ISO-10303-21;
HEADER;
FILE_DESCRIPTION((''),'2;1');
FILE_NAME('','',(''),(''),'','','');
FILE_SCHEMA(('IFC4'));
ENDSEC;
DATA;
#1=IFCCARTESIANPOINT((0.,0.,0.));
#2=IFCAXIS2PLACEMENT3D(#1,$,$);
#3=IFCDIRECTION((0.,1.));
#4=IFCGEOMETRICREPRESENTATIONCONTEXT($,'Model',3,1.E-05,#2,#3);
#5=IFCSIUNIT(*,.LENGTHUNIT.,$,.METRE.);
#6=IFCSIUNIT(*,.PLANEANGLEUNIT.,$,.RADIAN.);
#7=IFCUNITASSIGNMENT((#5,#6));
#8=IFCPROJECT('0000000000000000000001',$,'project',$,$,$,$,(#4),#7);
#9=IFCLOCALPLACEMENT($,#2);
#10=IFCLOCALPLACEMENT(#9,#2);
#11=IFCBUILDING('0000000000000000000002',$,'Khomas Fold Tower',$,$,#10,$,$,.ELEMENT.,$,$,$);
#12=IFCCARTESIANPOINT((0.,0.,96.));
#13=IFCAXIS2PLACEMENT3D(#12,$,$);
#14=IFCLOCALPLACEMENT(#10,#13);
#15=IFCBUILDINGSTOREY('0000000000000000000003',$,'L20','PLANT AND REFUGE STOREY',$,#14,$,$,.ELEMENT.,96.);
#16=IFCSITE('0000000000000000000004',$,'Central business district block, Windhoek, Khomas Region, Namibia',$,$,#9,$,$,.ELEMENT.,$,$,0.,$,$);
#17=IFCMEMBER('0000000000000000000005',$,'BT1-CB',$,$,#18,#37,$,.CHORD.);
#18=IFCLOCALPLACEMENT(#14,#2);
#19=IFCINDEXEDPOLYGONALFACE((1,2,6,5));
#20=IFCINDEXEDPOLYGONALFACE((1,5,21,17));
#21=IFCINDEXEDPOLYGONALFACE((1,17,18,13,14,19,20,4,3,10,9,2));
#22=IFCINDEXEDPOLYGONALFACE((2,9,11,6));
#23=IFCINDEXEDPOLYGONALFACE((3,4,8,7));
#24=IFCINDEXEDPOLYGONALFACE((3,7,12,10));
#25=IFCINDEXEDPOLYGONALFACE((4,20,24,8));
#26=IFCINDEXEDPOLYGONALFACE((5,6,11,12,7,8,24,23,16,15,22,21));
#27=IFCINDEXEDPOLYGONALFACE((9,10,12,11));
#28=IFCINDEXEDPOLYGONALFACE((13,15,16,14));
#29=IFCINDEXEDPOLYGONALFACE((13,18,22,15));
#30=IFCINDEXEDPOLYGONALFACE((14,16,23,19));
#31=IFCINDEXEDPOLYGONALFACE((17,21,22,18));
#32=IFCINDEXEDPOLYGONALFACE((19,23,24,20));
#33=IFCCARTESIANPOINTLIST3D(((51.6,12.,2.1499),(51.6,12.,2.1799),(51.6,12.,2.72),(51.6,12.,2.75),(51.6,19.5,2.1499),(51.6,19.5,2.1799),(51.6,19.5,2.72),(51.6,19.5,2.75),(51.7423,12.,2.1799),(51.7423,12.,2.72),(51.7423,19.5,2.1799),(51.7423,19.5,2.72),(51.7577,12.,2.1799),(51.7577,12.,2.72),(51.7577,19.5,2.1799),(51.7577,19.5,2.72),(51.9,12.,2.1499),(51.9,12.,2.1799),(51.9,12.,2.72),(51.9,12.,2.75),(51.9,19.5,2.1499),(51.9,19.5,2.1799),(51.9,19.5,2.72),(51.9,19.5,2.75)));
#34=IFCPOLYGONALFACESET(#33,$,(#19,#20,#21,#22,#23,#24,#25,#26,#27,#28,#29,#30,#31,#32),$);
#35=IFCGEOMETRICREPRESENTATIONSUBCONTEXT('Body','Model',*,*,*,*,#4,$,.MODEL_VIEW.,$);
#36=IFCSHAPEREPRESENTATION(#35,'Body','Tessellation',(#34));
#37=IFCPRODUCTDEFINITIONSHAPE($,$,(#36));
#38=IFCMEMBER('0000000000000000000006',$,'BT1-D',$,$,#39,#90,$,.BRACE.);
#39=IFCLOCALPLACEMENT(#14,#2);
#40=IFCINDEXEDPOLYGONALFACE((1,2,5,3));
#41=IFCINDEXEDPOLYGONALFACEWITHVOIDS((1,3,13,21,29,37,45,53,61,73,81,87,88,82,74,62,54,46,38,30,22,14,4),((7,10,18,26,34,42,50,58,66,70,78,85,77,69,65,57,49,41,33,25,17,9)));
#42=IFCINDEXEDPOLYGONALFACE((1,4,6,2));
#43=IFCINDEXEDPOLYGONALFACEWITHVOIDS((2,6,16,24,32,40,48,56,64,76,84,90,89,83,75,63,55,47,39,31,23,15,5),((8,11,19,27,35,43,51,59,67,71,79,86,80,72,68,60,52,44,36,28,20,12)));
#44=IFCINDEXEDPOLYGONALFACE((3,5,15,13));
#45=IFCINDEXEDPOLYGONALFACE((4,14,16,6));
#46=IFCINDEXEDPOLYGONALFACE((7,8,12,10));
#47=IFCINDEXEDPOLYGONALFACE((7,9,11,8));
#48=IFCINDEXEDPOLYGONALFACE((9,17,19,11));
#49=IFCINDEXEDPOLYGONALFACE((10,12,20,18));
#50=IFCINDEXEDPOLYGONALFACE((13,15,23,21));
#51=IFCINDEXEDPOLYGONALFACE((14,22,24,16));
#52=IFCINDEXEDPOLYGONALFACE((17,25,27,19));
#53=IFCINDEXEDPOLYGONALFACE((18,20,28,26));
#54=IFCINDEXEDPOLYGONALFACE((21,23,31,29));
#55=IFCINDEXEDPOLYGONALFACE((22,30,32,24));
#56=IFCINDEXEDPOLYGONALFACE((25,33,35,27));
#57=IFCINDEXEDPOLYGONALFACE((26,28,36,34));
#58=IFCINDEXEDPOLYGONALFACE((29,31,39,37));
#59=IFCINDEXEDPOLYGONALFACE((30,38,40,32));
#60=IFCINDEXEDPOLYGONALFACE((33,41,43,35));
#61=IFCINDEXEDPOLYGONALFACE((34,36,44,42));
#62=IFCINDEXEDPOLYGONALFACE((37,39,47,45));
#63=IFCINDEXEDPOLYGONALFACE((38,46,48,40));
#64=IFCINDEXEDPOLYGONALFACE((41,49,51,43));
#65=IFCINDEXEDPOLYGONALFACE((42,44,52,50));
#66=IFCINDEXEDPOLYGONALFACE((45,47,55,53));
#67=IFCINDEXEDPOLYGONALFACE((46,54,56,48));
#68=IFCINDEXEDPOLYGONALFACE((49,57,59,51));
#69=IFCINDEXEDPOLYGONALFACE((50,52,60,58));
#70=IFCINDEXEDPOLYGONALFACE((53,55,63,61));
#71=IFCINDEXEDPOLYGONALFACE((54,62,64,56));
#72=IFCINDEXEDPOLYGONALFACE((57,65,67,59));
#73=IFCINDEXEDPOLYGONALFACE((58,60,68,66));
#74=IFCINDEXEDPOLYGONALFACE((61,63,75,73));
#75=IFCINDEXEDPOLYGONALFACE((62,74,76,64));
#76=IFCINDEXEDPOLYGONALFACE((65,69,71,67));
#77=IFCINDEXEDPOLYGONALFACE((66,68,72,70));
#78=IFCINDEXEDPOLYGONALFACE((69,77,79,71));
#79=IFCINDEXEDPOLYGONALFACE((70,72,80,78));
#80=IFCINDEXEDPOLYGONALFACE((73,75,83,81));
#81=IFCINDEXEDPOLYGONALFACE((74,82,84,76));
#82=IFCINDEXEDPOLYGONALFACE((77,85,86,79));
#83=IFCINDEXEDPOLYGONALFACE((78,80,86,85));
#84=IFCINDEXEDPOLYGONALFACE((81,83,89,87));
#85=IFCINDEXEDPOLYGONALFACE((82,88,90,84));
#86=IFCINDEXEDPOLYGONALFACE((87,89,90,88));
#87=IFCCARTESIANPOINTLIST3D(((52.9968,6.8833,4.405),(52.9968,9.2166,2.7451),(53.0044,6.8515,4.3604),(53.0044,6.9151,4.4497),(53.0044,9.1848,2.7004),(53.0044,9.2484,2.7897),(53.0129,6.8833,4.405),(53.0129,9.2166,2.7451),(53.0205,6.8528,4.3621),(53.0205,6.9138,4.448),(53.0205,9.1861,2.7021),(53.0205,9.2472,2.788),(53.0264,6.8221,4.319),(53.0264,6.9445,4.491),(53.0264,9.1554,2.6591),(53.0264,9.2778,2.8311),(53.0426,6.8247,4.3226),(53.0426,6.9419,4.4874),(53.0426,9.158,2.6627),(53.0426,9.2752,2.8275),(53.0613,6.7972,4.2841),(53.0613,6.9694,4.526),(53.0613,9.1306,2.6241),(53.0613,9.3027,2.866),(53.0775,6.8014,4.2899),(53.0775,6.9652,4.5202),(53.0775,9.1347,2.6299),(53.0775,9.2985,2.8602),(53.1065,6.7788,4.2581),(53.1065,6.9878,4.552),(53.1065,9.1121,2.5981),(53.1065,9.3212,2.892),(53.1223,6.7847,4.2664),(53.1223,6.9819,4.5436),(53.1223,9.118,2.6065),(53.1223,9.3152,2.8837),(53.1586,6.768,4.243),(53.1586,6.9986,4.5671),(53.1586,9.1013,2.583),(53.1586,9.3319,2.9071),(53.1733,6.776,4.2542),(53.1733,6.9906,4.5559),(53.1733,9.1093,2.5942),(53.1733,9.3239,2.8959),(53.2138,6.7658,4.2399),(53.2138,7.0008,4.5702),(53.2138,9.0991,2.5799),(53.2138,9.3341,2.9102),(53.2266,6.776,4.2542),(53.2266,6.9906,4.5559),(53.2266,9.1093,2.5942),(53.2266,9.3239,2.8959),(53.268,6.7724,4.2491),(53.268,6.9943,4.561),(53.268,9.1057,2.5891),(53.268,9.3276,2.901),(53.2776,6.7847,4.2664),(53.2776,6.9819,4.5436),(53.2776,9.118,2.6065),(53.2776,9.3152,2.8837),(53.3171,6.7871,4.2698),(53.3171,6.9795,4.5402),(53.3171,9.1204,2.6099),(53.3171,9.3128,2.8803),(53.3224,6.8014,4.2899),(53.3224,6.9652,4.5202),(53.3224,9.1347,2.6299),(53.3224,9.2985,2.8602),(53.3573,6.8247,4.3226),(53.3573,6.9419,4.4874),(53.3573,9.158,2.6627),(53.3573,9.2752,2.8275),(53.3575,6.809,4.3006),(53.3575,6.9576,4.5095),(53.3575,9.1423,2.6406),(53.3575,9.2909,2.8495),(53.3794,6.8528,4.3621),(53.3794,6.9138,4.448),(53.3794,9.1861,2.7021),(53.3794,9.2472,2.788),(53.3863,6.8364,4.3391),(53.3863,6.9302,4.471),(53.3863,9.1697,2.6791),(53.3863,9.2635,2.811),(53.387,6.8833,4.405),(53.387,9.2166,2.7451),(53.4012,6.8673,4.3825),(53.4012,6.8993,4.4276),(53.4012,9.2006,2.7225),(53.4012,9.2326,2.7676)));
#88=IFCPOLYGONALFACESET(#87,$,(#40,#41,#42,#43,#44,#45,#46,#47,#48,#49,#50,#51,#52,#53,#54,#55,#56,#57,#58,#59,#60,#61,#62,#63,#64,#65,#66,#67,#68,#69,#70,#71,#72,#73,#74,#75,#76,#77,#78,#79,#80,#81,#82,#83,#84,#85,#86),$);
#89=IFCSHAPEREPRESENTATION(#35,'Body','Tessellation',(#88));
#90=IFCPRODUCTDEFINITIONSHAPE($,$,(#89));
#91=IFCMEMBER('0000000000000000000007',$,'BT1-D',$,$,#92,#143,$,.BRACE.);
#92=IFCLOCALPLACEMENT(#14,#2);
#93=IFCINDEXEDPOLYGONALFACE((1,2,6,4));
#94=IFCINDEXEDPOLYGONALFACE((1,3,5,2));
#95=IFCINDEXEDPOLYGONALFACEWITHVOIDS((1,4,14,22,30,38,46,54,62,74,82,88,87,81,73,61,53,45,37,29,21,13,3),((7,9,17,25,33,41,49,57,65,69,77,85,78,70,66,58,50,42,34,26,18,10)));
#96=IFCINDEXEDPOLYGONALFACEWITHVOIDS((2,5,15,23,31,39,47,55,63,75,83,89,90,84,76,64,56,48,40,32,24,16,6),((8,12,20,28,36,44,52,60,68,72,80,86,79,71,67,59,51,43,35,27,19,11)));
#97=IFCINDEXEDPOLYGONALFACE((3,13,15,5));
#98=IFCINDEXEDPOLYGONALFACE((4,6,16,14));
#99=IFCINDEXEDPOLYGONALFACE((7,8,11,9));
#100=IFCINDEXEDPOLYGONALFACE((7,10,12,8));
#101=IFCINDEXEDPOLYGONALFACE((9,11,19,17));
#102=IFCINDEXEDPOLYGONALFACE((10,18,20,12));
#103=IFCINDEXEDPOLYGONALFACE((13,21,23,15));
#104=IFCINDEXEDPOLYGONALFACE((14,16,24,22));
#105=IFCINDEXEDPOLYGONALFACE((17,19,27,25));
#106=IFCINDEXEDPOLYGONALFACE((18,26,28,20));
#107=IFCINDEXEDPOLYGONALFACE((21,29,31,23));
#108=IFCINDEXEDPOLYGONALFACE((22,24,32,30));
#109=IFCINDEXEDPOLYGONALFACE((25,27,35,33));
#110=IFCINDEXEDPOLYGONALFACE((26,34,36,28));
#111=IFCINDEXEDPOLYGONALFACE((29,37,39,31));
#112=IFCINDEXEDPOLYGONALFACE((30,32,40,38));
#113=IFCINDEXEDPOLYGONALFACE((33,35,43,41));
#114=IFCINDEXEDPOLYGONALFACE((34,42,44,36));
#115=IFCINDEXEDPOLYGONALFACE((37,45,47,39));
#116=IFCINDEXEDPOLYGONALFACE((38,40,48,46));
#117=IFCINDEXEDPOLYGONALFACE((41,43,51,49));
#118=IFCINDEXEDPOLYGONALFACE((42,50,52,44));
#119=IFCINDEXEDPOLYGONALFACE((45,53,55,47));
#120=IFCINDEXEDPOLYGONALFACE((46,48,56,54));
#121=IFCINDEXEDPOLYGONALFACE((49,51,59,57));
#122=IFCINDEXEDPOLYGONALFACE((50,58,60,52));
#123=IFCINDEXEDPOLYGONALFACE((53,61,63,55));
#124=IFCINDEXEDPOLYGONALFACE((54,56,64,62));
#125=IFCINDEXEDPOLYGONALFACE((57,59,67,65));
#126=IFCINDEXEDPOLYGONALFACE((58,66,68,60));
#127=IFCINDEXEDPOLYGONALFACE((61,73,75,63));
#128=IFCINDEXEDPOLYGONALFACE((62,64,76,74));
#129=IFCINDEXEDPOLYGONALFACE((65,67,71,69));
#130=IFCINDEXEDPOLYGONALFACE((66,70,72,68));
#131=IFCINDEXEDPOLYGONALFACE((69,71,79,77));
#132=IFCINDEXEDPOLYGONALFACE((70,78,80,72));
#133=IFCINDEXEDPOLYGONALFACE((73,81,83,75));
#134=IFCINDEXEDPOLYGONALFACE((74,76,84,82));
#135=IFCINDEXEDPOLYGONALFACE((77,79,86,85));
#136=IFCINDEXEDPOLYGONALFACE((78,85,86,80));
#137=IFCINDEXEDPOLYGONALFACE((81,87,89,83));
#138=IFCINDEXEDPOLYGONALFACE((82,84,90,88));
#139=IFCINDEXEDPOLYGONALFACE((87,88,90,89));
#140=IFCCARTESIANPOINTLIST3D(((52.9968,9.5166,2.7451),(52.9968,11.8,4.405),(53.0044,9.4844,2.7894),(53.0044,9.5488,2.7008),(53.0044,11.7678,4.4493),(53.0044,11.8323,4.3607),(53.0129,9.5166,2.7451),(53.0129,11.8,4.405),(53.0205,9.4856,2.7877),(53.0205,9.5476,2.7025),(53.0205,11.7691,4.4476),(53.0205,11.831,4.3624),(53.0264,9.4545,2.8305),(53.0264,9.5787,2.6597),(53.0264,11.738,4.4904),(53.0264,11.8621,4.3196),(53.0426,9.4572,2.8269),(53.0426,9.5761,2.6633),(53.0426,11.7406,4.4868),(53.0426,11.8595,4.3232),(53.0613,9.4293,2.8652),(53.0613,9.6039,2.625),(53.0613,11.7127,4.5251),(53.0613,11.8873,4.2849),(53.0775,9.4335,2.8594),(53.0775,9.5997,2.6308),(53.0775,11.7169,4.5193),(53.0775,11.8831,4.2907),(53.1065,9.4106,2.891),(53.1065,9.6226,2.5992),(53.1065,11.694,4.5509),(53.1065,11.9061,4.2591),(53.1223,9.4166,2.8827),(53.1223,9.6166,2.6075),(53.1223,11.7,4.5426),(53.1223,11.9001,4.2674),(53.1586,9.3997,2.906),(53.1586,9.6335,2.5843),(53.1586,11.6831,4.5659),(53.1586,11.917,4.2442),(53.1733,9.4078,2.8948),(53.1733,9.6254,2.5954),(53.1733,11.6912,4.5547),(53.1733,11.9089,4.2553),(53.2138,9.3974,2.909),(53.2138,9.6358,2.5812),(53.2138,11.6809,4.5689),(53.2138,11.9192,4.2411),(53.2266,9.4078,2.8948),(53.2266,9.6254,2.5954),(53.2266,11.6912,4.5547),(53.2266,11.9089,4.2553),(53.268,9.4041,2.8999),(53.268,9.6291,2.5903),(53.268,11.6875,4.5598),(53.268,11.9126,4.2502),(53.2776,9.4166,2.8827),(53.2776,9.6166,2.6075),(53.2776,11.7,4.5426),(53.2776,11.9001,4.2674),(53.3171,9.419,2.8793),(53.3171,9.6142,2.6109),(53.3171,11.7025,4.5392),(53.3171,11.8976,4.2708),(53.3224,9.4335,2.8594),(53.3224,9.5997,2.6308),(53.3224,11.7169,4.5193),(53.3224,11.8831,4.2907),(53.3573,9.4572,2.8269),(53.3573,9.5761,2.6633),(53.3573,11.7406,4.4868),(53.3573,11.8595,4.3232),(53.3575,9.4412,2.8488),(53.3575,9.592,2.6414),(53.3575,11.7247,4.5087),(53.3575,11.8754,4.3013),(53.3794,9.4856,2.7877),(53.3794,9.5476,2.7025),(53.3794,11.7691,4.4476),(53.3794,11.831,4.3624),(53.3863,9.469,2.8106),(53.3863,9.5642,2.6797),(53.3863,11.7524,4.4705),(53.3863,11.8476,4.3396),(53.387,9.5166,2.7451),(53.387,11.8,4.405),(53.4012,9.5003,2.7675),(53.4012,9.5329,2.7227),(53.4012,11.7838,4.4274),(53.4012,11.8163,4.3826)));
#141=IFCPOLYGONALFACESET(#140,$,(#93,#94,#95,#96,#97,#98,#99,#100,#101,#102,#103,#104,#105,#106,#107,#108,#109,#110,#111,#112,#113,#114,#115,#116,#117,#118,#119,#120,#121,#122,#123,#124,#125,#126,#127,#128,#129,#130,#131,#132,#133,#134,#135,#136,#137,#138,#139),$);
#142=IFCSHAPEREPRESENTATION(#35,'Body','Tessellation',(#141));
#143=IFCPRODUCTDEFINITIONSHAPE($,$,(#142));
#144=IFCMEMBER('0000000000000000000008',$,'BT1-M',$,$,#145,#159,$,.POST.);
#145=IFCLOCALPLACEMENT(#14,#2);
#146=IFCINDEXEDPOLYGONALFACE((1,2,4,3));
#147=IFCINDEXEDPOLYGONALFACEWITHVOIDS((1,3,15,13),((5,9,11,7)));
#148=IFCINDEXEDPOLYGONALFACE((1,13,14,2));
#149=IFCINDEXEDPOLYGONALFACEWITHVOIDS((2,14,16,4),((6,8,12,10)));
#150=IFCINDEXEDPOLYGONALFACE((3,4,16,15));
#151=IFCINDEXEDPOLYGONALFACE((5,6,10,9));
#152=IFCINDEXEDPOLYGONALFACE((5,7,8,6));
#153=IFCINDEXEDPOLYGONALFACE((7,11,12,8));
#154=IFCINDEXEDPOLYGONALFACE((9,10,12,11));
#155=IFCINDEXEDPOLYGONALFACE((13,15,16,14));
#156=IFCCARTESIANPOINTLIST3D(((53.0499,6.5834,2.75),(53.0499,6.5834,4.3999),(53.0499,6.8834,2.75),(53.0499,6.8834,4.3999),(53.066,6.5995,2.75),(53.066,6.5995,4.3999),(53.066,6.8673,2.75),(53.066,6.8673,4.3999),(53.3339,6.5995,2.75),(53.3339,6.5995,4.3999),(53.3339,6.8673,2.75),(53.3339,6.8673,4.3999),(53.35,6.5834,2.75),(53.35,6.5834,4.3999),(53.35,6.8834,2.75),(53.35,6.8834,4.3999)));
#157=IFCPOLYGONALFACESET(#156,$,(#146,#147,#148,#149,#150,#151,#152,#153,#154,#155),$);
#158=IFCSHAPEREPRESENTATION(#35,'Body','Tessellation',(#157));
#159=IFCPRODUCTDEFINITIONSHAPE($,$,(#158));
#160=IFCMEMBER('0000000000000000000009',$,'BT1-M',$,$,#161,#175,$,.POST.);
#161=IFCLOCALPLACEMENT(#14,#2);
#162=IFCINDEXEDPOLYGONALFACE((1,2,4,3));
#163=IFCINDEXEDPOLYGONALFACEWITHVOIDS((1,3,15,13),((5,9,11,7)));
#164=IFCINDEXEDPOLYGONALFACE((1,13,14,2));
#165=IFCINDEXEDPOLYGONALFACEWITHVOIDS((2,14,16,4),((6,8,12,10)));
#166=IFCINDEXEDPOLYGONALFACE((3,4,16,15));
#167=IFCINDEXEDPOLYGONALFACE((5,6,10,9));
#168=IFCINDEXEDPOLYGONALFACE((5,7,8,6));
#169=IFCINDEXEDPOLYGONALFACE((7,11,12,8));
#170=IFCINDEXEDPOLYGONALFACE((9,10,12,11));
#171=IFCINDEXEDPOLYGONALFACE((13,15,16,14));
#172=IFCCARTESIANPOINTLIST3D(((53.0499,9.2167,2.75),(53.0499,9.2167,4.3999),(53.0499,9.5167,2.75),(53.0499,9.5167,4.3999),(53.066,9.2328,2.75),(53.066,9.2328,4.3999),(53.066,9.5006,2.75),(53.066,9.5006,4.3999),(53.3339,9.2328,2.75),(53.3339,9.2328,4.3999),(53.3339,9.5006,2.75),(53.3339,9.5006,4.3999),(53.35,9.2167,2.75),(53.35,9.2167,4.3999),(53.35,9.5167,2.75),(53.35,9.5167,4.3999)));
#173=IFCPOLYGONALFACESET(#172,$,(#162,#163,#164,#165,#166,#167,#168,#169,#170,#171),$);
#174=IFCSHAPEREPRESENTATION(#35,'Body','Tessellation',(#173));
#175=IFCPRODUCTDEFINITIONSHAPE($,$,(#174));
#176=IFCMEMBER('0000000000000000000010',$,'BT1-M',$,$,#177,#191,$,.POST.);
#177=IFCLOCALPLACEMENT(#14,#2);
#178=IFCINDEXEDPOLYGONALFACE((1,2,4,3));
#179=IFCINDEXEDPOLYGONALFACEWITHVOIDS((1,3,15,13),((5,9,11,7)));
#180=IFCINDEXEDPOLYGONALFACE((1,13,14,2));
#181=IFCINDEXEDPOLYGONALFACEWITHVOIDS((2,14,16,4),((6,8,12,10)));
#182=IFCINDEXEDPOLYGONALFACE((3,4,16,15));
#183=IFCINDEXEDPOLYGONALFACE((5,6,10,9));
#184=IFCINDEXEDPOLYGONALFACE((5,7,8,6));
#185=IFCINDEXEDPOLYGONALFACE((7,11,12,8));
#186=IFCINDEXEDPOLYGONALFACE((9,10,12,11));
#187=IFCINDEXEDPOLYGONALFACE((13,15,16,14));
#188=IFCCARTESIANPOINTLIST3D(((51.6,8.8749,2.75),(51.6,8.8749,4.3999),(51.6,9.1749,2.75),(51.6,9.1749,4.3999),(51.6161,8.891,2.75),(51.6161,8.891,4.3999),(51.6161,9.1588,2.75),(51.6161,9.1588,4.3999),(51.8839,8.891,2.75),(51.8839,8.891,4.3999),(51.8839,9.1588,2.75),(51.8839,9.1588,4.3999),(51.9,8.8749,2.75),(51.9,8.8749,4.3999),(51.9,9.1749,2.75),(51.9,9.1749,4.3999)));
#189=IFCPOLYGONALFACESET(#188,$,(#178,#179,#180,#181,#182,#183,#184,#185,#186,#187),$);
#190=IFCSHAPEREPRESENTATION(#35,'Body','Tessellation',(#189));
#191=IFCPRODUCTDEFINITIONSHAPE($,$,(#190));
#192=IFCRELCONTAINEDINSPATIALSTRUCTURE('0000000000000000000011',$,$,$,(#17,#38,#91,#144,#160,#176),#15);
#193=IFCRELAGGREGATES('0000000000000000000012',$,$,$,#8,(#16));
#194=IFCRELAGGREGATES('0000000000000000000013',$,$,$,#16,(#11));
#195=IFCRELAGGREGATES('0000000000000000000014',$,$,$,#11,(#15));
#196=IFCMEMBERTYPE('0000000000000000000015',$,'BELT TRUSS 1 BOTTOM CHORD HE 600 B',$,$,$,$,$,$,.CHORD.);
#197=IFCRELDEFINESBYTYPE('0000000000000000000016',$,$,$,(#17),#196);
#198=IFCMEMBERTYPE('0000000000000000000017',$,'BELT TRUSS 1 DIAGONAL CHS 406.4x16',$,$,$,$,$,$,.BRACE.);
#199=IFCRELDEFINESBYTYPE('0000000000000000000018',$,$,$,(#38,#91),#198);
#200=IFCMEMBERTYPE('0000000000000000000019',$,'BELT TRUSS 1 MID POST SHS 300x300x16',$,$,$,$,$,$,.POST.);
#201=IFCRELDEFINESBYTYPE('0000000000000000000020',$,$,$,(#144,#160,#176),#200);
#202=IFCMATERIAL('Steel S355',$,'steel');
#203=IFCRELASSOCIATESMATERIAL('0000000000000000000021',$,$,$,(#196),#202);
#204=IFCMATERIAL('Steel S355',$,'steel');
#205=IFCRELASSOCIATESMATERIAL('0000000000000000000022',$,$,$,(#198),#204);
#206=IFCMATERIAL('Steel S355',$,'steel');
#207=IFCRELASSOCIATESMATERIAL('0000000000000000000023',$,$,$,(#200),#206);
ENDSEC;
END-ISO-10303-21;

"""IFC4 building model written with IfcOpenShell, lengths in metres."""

from ifc_helpers import new_model, si_unit, direction, frame, origin, origin_2d, place, context, subcontext, project, spatial, hollow_rectangle, hollow_circle, i_section, extrude, source, transform, mapped, material, material_profile, profile_set, type_object, element, save


model = new_model("IFC4")

# Units and contexts
model_context = context("Model", 3, precision=1e-05, world=origin(), true_north=direction((0.0, 1.0)))
body_context = subcontext(model_context, "Body", "Model", "MODEL_VIEW")
ifc_project = project(units=[si_unit("LENGTHUNIT", "METRE"), si_unit("PLANEANGLEUNIT", "RADIAN")], contexts=[model_context])

# Site, building, storey
site_placement = place(None, origin())
site = spatial("IfcSite", under=ifc_project, at=site_placement, Name="Central business district block, Windhoek, Khomas Region, Namibia", CompositionType="ELEMENT", RefElevation=0.0)
building_placement = place(site_placement, origin())
building = spatial("IfcBuilding", under=site, at=building_placement, Name="Khomas Fold Tower", CompositionType="ELEMENT")
storey_placement = place(building_placement, frame((0.0, 0.0, 96.0)))
storey = spatial("IfcBuildingStorey", under=building, at=storey_placement, Name="L20", Description="PLANT AND REFUGE STOREY", CompositionType="ELEMENT", Elevation=96.0)

# Members
ifc_material_1 = material(Name="Steel S355", Category="steel")
ifc_material_profile_1 = material_profile(ifc_material_1, i_section(OverallWidth=0.3, OverallDepth=0.6001, WebThickness=0.0154, FlangeThickness=0.03, at=origin_2d()), Name="HE 600 B")
ifc_profile_set_1 = profile_set([ifc_material_profile_1], Name="Steel S355")
member_type_1 = type_object("IfcMemberType", Name="BELT TRUSS 1 BOTTOM CHORD HE 600 B", PredefinedType="CHORD", material=ifc_profile_set_1)
shared_shape_1 = source(origin(), body_context, "Body", "SweptSolid", [
    extrude(i_section(OverallWidth=0.3, OverallDepth=0.6001, WebThickness=0.0154, FlangeThickness=0.03, at=origin_2d()), origin(), (0.0, 0.0, 1.0), 7.5),
])
member_1_placement = place(storey_placement, frame((51.75, 12.0, 2.45), z_axis=(0.0, 1.0, 0.0), x_axis=(-1.0, 0.0, 0.0)))
element("IfcMember", 1, at=member_1_placement, inside=storey, type_object=member_type_1, Name="BT1-CB", PredefinedType="CHORD", context=body_context, shape_type="MappedRepresentation", body=[
    mapped(shared_shape_1, transform((0.0, 0.0, 0.0))),
])
ifc_material_2 = material(Name="Steel S355", Category="steel")
ifc_material_profile_2 = material_profile(ifc_material_2, hollow_circle(Radius=0.2031, WallThickness=0.0161, at=origin_2d()), Name="CHS 406.4x16")
ifc_profile_set_2 = profile_set([ifc_material_profile_2], Name="Steel S355")
member_type_2 = type_object("IfcMemberType", Name="BELT TRUSS 1 DIAGONAL CHS 406.4x16", PredefinedType="BRACE", material=ifc_profile_set_2)
shared_shape_2 = source(origin(), body_context, "Body", "SweptSolid", [
    extrude(hollow_circle(Radius=0.2031, WallThickness=0.0161, at=origin_2d()), origin(), (0.0, 0.0, 1.0), 2.8635),
])
member_2_placement = place(storey_placement, frame((53.2, 6.8833, 4.405), z_axis=(0.0, 0.814838, -0.579689), x_axis=(-1.0, 0.0, 0.0)))
element("IfcMember", 2, at=member_2_placement, inside=storey, type_object=member_type_2, Name="BT1-D", PredefinedType="BRACE", context=body_context, shape_type="MappedRepresentation", body=[
    mapped(shared_shape_2, transform((0.0, 0.0, 0.0))),
])
shared_shape_3 = source(origin(), body_context, "Body", "SweptSolid", [
    extrude(hollow_circle(Radius=0.2031, WallThickness=0.0161, at=origin_2d()), origin(), (0.0, 0.0, 1.0), 2.823),
])
member_3_placement = place(storey_placement, frame((53.2, 9.5166, 2.7451), z_axis=(0.0, 0.808867, 0.587992), x_axis=(-1.0, 0.0, 0.0)))
element("IfcMember", 3, at=member_3_placement, inside=storey, type_object=member_type_2, Name="BT1-D", PredefinedType="BRACE", context=body_context, shape_type="MappedRepresentation", body=[
    mapped(shared_shape_3, transform((0.0, 0.0, 0.0))),
])
ifc_material_3 = material(Name="Steel S355", Category="steel")
ifc_material_profile_3 = material_profile(ifc_material_3, hollow_rectangle(XDim=0.3, YDim=0.3, WallThickness=0.0161, at=origin_2d()), Name="SHS 300x300x16")
ifc_profile_set_3 = profile_set([ifc_material_profile_3], Name="Steel S355")
member_type_3 = type_object("IfcMemberType", Name="BELT TRUSS 1 MID POST SHS 300x300x16", PredefinedType="POST", material=ifc_profile_set_3)
shared_shape_4 = source(origin(), body_context, "Body", "SweptSolid", [
    extrude(hollow_rectangle(XDim=0.3, YDim=0.3, WallThickness=0.0161, at=origin_2d()), origin(), (0.0, 0.0, 1.0), 1.6499),
])
for number, where, z_axis, x_axis, name in (
    (4, (53.2, 6.7334, 2.75), (0.0, 0.0, 1.0), (1.0, 0.0, 0.0), "BT1-M"),
    (5, (53.2, 9.3667, 2.75), (0.0, 0.0, 1.0), (1.0, 0.0, 0.0), "BT1-M"),
    (6, (51.75, 9.0249, 2.75), (0.0, 0.0, 1.0), (1.0, 0.0, 0.0), "BT1-M"),
):
    element("IfcMember", number, at=place(storey_placement, frame(where, z_axis=z_axis, x_axis=x_axis)), inside=storey, type_object=member_type_3, Name=name, PredefinedType="POST", context=body_context, shape_type="MappedRepresentation", body=[
        mapped(shared_shape_4, transform((0.0, 0.0, 0.0))),
    ])

save(model, "model.ifc")
